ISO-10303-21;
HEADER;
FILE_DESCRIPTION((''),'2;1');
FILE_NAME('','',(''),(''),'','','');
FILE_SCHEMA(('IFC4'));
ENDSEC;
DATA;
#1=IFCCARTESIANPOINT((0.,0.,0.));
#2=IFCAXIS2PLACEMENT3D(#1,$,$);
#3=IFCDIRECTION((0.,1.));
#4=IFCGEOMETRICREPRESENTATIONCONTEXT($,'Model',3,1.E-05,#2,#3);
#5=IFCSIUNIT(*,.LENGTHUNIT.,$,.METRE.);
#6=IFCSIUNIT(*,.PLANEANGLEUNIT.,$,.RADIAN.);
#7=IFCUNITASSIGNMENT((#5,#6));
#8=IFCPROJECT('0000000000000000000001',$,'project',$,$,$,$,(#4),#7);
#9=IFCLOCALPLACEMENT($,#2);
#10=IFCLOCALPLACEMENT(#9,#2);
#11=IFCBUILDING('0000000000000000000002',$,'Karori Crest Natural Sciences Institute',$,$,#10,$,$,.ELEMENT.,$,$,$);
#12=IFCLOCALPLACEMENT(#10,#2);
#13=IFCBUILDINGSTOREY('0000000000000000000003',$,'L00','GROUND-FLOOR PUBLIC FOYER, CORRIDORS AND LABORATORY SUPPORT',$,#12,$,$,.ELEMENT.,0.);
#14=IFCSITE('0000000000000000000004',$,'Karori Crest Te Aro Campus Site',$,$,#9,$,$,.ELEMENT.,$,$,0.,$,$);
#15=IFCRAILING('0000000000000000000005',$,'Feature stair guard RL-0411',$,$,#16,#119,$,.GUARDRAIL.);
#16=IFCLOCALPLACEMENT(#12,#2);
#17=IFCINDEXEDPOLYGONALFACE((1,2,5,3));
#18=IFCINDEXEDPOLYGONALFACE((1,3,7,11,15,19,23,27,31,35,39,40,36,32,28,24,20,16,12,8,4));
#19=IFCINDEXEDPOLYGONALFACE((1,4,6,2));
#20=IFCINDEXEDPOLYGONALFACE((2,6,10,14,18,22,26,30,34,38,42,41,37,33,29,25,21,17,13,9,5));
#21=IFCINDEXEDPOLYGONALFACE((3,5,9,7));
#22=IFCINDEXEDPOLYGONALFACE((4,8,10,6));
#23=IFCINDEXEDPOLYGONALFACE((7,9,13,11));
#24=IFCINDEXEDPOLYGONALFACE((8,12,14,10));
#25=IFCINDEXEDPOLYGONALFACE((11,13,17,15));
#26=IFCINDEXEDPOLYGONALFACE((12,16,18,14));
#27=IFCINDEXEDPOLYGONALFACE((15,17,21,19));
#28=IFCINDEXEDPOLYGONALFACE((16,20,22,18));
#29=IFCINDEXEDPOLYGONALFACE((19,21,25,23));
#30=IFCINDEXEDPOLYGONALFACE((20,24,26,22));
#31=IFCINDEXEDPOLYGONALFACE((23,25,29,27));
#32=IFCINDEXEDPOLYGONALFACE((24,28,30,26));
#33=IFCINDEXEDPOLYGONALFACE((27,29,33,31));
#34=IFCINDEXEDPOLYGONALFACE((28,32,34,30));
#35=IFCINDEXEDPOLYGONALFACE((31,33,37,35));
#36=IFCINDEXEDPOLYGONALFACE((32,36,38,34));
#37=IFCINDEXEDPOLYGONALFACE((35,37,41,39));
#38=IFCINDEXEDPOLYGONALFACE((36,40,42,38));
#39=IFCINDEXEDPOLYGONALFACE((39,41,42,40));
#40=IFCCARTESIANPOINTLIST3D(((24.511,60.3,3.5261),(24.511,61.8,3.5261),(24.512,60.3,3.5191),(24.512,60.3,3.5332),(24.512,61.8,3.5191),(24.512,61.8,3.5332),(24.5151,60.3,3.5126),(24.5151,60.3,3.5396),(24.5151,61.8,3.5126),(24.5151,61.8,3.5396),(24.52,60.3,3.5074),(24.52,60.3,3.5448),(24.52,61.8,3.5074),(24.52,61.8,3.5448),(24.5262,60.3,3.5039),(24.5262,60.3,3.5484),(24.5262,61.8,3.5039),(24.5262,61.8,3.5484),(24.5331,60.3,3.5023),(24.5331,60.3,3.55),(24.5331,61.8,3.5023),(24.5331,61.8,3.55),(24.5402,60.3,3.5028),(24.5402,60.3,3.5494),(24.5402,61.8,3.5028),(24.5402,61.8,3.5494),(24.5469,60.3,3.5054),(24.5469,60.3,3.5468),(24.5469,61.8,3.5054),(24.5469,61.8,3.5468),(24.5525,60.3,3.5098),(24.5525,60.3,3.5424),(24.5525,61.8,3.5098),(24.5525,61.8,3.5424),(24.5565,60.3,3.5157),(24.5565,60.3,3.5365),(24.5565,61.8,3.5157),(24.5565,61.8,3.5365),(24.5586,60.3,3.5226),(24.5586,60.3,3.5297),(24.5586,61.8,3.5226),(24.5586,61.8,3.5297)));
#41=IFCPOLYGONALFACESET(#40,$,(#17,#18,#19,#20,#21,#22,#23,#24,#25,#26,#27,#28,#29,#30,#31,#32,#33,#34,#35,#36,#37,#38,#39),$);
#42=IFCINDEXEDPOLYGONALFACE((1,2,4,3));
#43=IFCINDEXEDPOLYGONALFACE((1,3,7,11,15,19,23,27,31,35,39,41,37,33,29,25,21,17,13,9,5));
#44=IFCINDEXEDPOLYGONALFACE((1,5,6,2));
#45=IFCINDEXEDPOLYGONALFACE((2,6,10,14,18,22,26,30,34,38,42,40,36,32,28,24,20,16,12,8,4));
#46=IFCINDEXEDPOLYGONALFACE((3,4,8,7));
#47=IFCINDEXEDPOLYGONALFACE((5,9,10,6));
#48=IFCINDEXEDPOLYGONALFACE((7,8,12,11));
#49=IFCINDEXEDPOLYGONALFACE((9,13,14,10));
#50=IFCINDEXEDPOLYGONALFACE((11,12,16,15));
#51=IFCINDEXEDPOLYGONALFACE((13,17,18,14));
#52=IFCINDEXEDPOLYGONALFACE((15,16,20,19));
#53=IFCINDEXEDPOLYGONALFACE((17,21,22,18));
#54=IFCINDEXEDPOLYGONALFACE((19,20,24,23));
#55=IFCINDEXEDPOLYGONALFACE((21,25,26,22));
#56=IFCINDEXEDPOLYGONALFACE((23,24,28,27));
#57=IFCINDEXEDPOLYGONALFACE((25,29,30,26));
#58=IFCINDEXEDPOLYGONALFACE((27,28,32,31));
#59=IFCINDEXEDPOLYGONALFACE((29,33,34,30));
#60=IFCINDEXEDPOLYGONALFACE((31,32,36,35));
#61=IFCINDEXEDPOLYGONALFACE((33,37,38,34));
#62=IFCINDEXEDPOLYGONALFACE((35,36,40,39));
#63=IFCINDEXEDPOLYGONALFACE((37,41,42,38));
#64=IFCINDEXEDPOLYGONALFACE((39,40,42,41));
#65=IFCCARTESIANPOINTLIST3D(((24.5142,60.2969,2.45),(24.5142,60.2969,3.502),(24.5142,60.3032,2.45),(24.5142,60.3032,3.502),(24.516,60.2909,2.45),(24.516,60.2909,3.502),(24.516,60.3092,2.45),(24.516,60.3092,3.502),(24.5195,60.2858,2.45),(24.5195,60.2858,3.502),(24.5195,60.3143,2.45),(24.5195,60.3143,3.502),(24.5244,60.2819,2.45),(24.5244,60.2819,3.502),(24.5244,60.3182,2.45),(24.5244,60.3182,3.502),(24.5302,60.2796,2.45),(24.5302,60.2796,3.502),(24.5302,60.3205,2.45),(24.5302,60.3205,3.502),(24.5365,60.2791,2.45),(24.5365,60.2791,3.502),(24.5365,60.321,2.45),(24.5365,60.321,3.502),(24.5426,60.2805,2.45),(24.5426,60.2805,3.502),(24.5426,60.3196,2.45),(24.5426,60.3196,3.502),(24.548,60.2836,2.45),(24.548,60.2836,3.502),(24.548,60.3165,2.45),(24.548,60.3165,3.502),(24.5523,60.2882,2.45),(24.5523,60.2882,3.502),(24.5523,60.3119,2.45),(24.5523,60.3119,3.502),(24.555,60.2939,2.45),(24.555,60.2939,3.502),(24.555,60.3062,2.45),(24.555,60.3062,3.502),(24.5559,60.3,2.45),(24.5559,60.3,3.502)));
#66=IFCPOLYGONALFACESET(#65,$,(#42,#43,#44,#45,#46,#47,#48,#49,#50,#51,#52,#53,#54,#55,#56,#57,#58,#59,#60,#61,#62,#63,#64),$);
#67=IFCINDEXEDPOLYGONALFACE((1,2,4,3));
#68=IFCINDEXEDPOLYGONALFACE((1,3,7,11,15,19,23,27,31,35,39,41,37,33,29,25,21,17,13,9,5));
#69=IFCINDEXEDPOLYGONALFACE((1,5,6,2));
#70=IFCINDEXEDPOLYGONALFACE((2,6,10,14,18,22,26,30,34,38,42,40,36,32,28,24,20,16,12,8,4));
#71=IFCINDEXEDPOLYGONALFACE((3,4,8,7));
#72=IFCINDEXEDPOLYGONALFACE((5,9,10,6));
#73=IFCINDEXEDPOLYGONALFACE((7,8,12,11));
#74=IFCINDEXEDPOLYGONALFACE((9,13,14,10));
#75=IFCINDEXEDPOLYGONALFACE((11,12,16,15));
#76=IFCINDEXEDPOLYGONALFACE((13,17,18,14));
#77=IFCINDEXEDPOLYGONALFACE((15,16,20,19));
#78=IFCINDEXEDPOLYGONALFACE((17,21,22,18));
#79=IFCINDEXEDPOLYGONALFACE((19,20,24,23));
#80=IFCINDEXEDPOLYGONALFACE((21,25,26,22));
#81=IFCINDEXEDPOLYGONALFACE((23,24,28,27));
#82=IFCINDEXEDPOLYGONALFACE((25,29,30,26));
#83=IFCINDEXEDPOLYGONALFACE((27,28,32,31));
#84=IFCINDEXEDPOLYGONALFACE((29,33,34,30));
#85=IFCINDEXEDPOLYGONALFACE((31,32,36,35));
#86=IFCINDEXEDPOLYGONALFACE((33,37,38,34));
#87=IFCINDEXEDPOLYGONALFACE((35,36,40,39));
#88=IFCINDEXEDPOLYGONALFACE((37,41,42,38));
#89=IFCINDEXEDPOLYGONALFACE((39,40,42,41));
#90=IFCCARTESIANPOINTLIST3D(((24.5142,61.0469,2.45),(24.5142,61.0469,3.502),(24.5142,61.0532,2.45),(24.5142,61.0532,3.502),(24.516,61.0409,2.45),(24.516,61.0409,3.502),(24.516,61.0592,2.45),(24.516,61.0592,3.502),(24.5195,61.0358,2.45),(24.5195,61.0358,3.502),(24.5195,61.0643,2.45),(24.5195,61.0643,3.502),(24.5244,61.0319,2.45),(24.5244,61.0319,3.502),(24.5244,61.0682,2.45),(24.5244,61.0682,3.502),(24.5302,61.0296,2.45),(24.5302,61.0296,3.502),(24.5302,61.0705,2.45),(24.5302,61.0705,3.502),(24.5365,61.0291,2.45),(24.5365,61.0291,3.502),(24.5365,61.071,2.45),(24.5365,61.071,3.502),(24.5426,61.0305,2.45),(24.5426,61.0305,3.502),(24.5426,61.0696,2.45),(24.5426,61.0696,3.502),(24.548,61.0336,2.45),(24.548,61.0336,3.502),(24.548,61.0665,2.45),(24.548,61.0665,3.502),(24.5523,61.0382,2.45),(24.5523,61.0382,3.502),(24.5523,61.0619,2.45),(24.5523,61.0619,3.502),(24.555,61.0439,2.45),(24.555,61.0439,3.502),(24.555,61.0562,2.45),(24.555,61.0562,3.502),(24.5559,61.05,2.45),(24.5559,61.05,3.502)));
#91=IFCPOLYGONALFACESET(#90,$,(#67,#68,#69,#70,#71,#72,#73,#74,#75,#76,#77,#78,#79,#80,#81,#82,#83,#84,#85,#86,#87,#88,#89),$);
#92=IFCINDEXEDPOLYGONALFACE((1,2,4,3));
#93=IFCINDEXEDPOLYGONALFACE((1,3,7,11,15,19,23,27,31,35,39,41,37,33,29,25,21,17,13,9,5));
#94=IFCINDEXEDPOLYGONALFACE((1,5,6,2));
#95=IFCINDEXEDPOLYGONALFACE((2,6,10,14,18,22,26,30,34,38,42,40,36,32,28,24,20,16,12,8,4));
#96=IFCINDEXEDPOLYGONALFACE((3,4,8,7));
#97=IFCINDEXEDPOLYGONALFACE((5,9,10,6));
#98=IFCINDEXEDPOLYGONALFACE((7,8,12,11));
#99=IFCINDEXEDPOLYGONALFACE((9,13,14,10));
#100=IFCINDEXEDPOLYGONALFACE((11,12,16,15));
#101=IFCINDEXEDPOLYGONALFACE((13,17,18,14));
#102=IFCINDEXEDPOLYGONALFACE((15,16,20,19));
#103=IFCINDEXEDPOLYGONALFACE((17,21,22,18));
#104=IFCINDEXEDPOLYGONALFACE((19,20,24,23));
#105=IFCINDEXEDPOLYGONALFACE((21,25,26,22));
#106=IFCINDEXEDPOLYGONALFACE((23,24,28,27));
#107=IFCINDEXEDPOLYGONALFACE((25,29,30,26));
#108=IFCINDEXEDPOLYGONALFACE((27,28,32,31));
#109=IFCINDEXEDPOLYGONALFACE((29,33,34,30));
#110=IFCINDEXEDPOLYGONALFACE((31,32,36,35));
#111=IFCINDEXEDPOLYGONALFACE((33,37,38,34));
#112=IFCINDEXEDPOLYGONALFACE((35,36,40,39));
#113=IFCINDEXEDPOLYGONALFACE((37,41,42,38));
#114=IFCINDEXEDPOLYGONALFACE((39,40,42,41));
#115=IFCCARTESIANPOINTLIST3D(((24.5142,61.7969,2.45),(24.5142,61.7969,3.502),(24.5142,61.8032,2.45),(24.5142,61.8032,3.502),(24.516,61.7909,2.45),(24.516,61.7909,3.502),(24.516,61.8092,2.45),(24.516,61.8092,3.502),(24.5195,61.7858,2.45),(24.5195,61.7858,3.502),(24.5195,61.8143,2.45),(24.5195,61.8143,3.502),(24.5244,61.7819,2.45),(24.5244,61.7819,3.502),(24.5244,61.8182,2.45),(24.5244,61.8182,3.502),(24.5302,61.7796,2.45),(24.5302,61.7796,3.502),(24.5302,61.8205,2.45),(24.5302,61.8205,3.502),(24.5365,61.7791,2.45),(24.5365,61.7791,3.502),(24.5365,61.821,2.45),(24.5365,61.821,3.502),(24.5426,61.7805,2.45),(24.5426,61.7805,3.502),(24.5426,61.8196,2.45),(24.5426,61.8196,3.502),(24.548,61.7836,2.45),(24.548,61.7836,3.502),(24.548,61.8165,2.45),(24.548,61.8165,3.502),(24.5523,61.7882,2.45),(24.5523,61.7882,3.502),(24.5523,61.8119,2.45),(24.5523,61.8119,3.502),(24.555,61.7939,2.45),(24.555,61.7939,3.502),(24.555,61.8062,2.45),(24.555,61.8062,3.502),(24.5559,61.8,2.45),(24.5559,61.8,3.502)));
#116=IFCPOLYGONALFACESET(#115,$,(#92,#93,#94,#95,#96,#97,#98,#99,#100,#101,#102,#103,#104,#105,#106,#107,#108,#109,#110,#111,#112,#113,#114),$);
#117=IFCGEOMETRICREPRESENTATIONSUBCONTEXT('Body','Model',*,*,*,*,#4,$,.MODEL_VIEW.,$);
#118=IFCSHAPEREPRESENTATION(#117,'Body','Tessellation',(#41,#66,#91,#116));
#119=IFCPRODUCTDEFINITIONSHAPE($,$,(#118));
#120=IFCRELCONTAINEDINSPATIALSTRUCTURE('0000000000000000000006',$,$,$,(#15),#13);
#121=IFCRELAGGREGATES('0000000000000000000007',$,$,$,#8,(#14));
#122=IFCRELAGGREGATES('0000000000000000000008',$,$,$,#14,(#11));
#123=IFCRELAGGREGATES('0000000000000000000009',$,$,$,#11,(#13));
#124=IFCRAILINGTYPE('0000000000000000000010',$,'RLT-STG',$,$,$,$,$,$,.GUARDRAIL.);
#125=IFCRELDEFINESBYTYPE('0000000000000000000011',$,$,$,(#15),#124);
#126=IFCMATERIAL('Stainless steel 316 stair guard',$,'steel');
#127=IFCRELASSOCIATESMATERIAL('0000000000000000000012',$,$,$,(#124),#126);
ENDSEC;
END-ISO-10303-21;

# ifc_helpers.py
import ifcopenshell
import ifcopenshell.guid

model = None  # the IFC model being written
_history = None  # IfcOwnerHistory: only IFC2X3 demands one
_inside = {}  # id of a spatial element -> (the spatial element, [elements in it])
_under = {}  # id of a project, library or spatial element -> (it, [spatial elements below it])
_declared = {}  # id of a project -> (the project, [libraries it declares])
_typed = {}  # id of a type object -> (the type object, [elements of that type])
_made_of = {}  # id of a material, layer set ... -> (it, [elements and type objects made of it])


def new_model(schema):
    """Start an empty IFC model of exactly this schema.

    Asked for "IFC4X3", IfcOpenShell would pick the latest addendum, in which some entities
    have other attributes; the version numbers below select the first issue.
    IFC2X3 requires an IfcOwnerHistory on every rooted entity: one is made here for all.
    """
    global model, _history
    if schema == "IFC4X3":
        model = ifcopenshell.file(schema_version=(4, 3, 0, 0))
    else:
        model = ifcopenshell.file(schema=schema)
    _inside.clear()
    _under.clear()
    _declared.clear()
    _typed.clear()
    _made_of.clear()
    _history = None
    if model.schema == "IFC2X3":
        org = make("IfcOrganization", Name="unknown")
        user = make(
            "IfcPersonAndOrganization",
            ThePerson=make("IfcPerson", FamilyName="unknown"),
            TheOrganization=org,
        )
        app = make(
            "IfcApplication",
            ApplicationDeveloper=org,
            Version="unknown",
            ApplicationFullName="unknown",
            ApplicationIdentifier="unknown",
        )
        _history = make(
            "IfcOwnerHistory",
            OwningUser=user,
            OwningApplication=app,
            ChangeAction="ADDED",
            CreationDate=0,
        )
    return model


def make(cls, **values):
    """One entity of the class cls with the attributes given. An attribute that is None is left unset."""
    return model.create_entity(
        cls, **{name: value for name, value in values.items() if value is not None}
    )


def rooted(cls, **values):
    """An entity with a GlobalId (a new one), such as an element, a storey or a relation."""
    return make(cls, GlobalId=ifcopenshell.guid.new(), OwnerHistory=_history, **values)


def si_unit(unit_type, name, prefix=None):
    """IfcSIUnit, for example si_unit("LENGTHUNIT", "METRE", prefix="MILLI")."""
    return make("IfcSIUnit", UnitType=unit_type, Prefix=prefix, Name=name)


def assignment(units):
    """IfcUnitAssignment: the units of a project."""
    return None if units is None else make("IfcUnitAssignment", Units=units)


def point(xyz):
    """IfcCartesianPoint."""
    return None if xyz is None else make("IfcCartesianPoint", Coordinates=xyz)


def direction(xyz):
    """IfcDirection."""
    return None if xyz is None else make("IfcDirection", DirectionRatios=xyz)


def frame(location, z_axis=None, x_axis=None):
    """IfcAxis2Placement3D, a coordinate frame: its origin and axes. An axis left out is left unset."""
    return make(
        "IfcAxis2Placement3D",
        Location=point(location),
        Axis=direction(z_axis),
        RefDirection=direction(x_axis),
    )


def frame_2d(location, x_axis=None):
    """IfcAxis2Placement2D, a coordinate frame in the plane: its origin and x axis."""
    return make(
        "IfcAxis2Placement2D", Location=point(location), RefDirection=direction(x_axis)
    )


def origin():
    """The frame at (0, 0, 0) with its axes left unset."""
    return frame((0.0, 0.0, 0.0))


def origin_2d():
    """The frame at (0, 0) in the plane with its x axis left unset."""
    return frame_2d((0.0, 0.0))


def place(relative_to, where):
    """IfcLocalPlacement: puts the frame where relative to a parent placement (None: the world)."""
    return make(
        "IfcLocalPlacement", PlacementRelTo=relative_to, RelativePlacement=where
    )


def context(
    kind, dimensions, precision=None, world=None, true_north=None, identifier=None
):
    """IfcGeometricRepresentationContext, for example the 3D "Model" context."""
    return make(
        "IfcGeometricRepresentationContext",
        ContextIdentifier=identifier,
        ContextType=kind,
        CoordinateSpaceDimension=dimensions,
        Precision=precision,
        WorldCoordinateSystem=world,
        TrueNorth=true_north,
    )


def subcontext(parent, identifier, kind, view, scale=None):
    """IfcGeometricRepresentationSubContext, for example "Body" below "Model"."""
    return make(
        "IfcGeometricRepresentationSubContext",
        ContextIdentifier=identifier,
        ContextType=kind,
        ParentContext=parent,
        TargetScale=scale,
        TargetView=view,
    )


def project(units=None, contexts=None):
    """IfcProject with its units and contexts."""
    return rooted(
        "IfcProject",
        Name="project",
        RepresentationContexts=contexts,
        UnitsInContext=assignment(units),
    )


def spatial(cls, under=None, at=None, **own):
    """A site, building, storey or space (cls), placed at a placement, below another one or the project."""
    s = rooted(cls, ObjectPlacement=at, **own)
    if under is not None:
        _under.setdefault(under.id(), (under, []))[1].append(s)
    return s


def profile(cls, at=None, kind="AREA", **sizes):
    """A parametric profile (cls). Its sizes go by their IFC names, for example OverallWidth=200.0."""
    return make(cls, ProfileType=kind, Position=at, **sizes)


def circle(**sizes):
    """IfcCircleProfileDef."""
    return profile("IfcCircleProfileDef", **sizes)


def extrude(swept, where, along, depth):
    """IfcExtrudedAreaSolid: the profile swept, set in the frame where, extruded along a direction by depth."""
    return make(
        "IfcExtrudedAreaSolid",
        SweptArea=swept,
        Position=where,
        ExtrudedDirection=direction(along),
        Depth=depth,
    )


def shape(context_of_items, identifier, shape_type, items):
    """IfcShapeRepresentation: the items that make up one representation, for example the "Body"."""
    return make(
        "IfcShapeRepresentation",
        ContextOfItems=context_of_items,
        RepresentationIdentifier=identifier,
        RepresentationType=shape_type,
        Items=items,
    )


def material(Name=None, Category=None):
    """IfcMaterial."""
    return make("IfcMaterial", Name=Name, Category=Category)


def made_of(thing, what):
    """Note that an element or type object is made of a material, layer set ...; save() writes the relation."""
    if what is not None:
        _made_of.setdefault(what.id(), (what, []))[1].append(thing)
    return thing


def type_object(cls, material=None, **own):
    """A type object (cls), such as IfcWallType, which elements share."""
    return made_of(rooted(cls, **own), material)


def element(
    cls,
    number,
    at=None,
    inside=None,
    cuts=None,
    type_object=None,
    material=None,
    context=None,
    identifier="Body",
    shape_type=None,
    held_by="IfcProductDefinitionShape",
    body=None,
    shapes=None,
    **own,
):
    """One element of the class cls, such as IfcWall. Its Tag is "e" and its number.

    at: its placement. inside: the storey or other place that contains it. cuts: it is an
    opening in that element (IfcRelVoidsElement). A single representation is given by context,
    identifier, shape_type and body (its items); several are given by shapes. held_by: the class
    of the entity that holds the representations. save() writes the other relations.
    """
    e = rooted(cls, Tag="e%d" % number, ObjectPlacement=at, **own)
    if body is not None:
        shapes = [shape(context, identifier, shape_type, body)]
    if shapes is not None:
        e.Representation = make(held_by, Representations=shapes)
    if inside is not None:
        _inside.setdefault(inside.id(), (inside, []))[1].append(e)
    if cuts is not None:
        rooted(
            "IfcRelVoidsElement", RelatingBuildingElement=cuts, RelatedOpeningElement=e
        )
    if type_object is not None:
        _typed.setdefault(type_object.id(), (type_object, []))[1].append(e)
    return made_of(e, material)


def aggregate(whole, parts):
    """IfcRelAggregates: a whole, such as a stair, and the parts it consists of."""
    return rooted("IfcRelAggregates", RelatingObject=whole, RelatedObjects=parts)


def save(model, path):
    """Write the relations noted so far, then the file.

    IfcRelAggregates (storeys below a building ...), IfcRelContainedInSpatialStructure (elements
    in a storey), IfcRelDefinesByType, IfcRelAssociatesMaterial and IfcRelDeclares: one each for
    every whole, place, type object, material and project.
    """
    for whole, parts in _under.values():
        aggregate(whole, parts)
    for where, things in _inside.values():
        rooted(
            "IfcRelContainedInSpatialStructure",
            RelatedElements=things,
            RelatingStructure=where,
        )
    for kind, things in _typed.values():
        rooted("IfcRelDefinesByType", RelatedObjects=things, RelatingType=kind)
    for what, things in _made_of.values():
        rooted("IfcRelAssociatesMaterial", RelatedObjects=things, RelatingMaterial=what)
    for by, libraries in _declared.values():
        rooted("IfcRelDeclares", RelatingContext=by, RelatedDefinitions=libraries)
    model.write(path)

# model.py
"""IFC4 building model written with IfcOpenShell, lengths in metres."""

from ifc_helpers import new_model, si_unit, direction, frame, origin, origin_2d, place, context, subcontext, project, spatial, circle, extrude, material, type_object, element, save


model = new_model("IFC4")

# Units and contexts
model_context = context("Model", 3, precision=1e-05, world=origin(), true_north=direction((0.0, 1.0)))
body_context = subcontext(model_context, "Body", "Model", "MODEL_VIEW")
ifc_project = project(units=[si_unit("LENGTHUNIT", "METRE"), si_unit("PLANEANGLEUNIT", "RADIAN")], contexts=[model_context])

# Site, building, storey
site_placement = place(None, origin())
site = spatial("IfcSite", under=ifc_project, at=site_placement, Name="Karori Crest Te Aro Campus Site", CompositionType="ELEMENT", RefElevation=0.0)
building_placement = place(site_placement, origin())
building = spatial("IfcBuilding", under=site, at=building_placement, Name="Karori Crest Natural Sciences Institute", CompositionType="ELEMENT")
storey_placement = place(building_placement, origin())
storey = spatial("IfcBuildingStorey", under=building, at=storey_placement, Name="L00", Description="GROUND-FLOOR PUBLIC FOYER, CORRIDORS AND LABORATORY SUPPORT", CompositionType="ELEMENT", Elevation=0.0)

# Railing
ifc_material_1 = material(Name="Stainless steel 316 stair guard", Category="steel")
railing_type = type_object("IfcRailingType", Name="RLT-STG", PredefinedType="GUARDRAIL", material=ifc_material_1)
railing_1_placement = place(storey_placement, frame((24.5349, 60.3, 2.45)))
element("IfcRailing", 1, at=railing_1_placement, inside=storey, type_object=railing_type, Name="Feature stair guard RL-0411", PredefinedType="GUARDRAIL", context=body_context, shape_type="SweptSolid", body=[
    extrude(circle(Radius=0.0239, at=origin_2d()), frame((0.0, 0.0, 1.0762), z_axis=(0.0, 1.0, 0.0), x_axis=(-1.0, 0.0, 0.0)), (0.0, 0.0, 1.0), 1.5),
    extrude(circle(Radius=0.021, at=origin_2d()), origin(), (0.0, 0.0, 1.0), 1.052),
    extrude(circle(Radius=0.021, at=origin_2d()), frame((0.0, 0.75, 0.0)), (0.0, 0.0, 1.0), 1.052),
    extrude(circle(Radius=0.021, at=origin_2d()), frame((0.0, 1.5, 0.0)), (0.0, 0.0, 1.0), 1.052),
])

save(model, "model.ifc")
